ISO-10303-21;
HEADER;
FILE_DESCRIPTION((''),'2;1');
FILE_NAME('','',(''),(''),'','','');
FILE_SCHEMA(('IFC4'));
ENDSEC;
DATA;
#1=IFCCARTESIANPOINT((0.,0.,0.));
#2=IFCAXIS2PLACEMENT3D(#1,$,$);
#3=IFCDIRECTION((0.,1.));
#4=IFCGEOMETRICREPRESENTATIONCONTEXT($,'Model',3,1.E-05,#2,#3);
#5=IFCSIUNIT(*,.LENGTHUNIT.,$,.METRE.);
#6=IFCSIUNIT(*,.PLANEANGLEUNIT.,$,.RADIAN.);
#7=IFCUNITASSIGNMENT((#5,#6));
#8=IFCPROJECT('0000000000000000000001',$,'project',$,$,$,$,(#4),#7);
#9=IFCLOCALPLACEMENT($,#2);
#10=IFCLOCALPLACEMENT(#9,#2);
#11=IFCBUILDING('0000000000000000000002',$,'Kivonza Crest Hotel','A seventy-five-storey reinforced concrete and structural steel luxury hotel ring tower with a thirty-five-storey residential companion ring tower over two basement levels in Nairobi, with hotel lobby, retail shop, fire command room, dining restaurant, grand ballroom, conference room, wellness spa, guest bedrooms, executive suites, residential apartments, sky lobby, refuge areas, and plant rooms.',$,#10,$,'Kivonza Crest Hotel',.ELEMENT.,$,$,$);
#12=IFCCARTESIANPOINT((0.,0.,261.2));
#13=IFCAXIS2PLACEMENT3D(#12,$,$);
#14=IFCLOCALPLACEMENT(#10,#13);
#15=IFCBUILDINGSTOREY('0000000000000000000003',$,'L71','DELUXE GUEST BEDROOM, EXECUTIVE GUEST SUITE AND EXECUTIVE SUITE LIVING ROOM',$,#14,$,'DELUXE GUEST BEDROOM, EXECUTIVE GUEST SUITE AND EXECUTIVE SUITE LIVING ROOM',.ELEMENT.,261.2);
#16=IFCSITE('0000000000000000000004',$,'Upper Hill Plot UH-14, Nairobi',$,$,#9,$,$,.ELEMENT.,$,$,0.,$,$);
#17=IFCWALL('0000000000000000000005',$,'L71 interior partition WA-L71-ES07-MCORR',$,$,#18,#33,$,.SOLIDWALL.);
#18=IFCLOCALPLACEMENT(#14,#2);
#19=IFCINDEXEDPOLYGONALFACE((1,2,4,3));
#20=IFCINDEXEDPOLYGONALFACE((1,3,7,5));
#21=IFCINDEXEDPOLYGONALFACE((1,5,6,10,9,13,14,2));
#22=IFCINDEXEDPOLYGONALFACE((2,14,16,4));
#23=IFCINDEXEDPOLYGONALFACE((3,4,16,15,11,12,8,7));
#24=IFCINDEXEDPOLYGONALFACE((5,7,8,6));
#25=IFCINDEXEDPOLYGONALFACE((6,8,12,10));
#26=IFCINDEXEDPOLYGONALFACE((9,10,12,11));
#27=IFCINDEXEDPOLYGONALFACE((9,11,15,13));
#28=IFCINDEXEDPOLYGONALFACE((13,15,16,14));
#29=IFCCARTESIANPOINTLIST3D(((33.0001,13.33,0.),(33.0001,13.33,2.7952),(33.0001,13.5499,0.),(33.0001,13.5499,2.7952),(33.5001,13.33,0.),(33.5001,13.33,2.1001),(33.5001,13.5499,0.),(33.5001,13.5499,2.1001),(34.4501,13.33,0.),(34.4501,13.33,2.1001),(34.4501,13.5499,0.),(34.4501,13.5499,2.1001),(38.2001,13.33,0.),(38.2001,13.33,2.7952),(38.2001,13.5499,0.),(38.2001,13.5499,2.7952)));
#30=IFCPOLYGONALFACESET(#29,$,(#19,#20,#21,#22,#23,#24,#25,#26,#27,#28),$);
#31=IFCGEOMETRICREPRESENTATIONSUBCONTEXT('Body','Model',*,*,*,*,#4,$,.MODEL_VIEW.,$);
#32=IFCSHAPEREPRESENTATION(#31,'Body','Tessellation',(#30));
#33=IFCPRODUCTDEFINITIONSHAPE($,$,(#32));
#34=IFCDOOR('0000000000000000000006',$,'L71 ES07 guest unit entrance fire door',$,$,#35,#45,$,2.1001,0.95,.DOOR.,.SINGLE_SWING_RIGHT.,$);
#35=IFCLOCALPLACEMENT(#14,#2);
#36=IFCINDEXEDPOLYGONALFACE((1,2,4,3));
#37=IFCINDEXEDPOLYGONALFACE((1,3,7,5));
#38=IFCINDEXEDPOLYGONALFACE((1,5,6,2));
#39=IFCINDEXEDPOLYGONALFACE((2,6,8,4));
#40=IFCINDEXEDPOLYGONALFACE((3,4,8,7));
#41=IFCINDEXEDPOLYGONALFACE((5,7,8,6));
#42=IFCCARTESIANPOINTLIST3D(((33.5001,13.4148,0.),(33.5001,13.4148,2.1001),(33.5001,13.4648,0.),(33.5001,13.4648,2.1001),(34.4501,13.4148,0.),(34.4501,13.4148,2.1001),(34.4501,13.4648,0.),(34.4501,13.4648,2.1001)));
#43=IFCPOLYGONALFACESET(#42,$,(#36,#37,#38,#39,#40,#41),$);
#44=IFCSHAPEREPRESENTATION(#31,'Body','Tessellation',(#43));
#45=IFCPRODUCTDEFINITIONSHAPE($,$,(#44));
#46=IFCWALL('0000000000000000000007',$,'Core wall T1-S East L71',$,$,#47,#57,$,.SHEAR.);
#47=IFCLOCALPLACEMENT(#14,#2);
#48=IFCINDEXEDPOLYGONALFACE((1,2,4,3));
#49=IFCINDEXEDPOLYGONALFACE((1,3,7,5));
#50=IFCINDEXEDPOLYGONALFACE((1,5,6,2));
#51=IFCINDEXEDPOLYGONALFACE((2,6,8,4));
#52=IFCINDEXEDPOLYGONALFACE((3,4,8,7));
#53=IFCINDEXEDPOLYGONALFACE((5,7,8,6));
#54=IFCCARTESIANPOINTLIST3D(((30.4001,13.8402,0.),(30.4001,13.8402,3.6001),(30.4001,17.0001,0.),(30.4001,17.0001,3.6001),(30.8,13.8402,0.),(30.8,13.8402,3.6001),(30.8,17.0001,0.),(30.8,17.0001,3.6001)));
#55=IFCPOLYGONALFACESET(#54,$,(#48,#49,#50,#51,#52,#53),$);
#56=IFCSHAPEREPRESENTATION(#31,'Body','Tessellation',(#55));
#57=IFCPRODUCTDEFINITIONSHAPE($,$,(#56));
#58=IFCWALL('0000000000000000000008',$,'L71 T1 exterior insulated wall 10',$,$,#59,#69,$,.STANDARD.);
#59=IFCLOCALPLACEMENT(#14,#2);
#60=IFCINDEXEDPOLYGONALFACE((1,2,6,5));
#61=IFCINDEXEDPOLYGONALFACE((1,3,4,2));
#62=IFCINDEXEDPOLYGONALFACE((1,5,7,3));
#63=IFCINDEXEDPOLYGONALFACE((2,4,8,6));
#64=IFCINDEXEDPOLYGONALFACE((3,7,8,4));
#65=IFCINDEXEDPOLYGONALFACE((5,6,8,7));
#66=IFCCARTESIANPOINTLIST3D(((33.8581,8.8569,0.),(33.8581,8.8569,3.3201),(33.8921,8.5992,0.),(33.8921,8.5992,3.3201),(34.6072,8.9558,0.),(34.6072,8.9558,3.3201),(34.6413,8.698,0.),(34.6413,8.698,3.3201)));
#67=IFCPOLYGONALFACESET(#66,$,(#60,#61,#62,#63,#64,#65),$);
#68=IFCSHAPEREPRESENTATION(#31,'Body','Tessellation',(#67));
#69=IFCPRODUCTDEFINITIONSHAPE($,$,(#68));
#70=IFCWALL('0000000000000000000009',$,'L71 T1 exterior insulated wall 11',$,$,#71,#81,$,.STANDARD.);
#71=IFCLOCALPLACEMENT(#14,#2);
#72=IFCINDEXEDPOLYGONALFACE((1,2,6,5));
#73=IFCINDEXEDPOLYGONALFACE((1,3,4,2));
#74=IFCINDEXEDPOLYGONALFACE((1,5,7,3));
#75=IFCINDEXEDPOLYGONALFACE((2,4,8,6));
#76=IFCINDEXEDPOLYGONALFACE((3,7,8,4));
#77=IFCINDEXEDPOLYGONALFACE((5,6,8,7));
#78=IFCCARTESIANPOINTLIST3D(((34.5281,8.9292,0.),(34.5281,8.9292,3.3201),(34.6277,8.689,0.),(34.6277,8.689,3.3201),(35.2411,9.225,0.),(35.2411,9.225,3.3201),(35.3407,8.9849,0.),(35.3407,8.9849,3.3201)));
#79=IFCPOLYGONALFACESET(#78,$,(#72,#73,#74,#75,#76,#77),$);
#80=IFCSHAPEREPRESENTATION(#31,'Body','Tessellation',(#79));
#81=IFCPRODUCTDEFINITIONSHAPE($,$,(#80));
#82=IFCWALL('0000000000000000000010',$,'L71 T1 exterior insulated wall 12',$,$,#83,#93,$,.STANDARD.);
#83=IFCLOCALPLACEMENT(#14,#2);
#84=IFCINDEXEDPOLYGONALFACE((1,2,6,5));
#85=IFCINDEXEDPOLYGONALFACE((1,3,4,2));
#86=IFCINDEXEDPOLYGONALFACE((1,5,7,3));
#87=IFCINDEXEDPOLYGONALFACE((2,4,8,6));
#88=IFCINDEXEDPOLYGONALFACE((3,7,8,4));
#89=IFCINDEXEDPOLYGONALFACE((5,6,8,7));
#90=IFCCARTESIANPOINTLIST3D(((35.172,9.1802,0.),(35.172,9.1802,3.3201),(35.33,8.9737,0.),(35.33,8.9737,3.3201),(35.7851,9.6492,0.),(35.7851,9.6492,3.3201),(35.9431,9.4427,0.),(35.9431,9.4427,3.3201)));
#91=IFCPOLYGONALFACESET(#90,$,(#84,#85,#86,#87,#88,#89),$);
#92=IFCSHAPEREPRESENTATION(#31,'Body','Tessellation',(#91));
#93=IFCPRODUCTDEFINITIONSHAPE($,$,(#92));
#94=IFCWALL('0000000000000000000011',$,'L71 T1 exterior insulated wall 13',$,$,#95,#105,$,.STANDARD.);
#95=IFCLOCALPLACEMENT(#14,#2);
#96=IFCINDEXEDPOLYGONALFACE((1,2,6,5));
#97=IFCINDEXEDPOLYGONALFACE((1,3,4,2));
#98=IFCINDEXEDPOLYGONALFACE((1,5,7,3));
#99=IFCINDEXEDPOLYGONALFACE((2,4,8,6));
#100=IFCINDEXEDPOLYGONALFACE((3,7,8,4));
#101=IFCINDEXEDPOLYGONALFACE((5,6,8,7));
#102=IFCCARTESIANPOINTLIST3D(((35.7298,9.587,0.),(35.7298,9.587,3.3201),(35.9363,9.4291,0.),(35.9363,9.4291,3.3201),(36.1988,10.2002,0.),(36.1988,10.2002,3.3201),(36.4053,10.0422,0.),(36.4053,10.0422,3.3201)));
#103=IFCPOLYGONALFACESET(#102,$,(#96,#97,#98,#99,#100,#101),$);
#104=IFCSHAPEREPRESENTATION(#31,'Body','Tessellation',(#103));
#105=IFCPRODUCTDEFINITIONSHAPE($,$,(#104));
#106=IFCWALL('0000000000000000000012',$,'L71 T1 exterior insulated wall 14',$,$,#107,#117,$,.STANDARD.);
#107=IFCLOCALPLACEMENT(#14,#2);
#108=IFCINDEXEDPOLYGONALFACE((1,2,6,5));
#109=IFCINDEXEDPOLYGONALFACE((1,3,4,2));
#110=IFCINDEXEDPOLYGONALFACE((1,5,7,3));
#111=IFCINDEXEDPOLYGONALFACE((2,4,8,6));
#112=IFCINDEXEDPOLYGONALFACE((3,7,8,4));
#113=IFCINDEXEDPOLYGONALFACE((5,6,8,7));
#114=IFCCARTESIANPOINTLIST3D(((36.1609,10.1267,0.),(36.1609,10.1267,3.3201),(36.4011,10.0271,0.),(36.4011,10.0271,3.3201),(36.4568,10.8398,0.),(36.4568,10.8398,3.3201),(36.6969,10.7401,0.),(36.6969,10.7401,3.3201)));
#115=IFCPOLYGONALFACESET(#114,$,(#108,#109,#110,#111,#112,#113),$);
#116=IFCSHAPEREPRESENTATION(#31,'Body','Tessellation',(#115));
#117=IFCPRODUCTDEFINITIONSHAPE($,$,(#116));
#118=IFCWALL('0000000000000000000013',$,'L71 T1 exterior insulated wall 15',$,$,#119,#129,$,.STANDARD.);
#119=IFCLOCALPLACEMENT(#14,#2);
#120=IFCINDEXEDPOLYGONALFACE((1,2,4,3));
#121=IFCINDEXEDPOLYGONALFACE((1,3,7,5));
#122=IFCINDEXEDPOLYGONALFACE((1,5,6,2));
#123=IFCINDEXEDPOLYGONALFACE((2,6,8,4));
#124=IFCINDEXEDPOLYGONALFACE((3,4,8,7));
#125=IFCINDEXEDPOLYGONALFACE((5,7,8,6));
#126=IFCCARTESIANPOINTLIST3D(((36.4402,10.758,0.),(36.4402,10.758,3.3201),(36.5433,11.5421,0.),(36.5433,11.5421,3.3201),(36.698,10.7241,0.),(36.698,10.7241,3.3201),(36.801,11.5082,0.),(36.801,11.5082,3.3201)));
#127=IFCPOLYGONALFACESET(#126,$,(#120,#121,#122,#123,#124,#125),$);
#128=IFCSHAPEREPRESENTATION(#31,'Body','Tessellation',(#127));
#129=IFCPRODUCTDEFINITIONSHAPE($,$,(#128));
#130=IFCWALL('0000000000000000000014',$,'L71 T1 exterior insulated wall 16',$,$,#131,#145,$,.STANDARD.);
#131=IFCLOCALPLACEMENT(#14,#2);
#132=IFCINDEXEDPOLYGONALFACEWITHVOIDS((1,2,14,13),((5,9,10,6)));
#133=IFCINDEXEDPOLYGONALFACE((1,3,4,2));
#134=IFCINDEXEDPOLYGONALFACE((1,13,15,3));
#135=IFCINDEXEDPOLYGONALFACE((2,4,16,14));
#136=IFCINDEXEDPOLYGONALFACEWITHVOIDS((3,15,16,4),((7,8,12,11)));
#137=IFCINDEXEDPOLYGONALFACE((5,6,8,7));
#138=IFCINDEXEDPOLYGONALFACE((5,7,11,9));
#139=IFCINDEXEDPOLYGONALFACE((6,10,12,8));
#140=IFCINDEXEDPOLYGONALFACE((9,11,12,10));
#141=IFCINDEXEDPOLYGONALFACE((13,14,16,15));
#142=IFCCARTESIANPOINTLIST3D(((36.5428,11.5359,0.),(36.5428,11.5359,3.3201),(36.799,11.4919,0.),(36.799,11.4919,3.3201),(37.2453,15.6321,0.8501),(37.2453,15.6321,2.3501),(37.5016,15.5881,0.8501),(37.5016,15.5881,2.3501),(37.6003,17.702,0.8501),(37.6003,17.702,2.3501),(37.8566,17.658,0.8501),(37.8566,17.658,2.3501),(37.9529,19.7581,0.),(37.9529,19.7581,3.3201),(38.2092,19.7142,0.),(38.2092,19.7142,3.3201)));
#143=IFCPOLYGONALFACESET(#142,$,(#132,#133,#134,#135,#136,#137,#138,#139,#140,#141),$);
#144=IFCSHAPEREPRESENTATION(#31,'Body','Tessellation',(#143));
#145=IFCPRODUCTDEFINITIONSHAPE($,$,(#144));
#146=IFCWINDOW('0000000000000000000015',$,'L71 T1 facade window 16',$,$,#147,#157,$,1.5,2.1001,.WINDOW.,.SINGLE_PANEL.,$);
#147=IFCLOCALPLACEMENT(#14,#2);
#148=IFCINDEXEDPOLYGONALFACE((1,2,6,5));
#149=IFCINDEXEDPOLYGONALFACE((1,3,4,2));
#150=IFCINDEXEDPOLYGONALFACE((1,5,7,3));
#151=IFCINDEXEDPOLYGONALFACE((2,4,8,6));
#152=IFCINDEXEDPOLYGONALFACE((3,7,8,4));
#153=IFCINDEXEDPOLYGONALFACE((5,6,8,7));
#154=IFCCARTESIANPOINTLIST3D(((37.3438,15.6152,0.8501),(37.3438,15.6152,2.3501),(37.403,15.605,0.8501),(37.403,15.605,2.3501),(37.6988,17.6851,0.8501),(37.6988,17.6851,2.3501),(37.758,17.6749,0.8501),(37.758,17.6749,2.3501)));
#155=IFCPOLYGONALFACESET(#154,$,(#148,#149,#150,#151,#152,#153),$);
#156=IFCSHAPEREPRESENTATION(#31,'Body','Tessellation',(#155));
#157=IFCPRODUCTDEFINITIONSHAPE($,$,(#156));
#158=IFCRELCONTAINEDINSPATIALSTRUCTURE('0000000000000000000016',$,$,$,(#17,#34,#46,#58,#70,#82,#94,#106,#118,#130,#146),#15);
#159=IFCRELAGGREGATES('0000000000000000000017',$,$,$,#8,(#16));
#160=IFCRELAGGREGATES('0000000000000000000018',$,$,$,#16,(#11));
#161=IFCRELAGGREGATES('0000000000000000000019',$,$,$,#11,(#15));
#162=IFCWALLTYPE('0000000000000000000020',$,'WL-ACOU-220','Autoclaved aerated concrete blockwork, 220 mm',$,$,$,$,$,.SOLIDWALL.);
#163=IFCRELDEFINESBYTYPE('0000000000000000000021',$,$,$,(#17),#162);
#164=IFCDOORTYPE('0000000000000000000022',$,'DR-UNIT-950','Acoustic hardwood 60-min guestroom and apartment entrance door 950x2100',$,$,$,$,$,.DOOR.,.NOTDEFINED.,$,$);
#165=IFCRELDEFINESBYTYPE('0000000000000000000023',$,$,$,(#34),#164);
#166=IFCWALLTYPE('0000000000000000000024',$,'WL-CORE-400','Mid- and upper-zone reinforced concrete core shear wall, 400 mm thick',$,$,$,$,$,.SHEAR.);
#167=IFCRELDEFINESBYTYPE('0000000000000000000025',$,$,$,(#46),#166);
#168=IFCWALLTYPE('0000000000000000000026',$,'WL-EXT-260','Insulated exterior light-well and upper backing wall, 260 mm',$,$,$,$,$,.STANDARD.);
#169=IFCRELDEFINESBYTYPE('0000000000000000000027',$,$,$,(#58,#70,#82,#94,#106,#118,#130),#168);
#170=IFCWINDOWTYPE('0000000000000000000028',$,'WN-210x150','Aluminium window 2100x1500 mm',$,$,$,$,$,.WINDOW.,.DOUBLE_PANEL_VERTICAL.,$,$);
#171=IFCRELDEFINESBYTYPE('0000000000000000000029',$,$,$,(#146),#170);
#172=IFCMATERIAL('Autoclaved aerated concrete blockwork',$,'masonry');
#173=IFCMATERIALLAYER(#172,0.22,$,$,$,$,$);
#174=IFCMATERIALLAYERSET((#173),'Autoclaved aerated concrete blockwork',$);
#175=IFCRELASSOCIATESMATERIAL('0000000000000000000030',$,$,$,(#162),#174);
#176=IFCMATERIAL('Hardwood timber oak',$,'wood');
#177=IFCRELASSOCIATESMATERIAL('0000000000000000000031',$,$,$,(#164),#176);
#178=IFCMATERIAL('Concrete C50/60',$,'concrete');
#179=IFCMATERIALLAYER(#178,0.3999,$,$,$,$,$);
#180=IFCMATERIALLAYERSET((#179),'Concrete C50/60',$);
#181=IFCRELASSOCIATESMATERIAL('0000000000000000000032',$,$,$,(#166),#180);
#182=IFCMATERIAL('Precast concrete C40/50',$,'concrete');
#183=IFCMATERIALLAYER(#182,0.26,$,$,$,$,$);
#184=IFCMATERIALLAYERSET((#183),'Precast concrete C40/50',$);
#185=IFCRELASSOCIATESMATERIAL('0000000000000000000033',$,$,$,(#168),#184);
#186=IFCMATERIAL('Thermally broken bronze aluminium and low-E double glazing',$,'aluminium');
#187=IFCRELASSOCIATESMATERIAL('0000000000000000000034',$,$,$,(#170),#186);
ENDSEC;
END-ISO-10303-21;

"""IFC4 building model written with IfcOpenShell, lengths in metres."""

from ifc_helpers import new_model, si_unit, direction, frame, frame_2d, origin, place, context, subcontext, project, spatial, rectangle, extrude, material, layer, layer_set, type_object, element, fill, save


model = new_model("IFC4")

# Units and contexts
model_context = context("Model", 3, precision=1e-05, world=origin(), true_north=direction((0.0, 1.0)))
body_context = subcontext(model_context, "Body", "Model", "MODEL_VIEW")
ifc_project = project(units=[si_unit("LENGTHUNIT", "METRE"), si_unit("PLANEANGLEUNIT", "RADIAN")], contexts=[model_context])

# Site, building, storey
site_placement = place(None, origin())
site = spatial("IfcSite", under=ifc_project, at=site_placement, Name="Upper Hill Plot UH-14, Nairobi", CompositionType="ELEMENT", RefElevation=0.0)
building_placement = place(site_placement, origin())
building = spatial("IfcBuilding", under=site, at=building_placement, Name="Kivonza Crest Hotel", Description="A seventy-five-storey reinforced concrete and structural steel luxury hotel ring tower with a thirty-five-storey residential companion ring tower over two basement levels in Nairobi, with hotel lobby, retail shop, fire command room, dining restaurant, grand ballroom, conference room, wellness spa, guest bedrooms, executive suites, residential apartments, sky lobby, refuge areas, and plant rooms.", LongName="Kivonza Crest Hotel", CompositionType="ELEMENT")
storey_placement = place(building_placement, frame((0.0, 0.0, 261.2)))
storey = spatial("IfcBuildingStorey", under=building, at=storey_placement, Name="L71", Description="DELUXE GUEST BEDROOM, EXECUTIVE GUEST SUITE AND EXECUTIVE SUITE LIVING ROOM", LongName="DELUXE GUEST BEDROOM, EXECUTIVE GUEST SUITE AND EXECUTIVE SUITE LIVING ROOM", CompositionType="ELEMENT", Elevation=261.2)

# Shared definitions
ifc_material_1 = material(Name="Concrete C50/60", Category="concrete")

# Shared definitions
ifc_material_2 = material(Name="Autoclaved aerated concrete blockwork", Category="masonry")
ifc_layer_1 = layer(ifc_material_2, 0.22)
ifc_layer_set_1 = layer_set([ifc_layer_1], Name="Autoclaved aerated concrete blockwork")
wall_type_1 = type_object("IfcWallType", Name="WL-ACOU-220", Description="Autoclaved aerated concrete blockwork, 220 mm", PredefinedType="SOLIDWALL", material=ifc_layer_set_1)

# Wall, opening, door
wall_1_placement = place(storey_placement, frame((33.0, 13.4399, 0.0), z_axis=(0.0, 0.0, 1.0), x_axis=(1.0, 0.0, 0.0)))
wall_1 = element("IfcWall", 1, at=wall_1_placement, inside=storey, type_object=wall_type_1, Name="L71 interior partition WA-L71-ES07-MCORR", PredefinedType="SOLIDWALL", context=body_context, shape_type="SweptSolid", body=[
    extrude(rectangle(XDim=5.2, YDim=0.22, at=frame_2d((2.6001, 0.0))), origin(), (0.0, 0.0, 1.0), 2.7952),
])
opening_1_placement = place(wall_1_placement, frame((0.5, 0.0, 0.0)))
opening_1 = element("IfcOpeningElement", 2, at=opening_1_placement, cuts=wall_1, PredefinedType="OPENING", context=body_context, shape_type="SweptSolid", body=[
    extrude(rectangle(XDim=0.95, YDim=2.1001, at=frame_2d((0.4751, 1.05))), frame((0.0, 0.1201, 0.0), z_axis=(0.0, -1.0, 0.0), x_axis=(1.0, 0.0, 0.0)), (0.0, 0.0, 1.0), 0.24),
])
ifc_material_3 = material(Name="Hardwood timber oak", Category="wood")
door_type_1 = type_object("IfcDoorType", Name="DR-UNIT-950", Description="Acoustic hardwood 60-min guestroom and apartment entrance door 950x2100", OperationType="NOTDEFINED", PredefinedType="DOOR", material=ifc_material_3)
door_1_placement = place(opening_1_placement, origin())
door_1 = element("IfcDoor", 3, at=door_1_placement, inside=storey, type_object=door_type_1, Name="L71 ES07 guest unit entrance fire door", OperationType="SINGLE_SWING_RIGHT", OverallHeight=2.1001, OverallWidth=0.95, PredefinedType="DOOR", context=body_context, shape_type="SweptSolid", body=[
    extrude(rectangle(XDim=0.95, YDim=2.1001, at=frame_2d((0.4751, 1.05))), frame((0.0, 0.0249, 0.0), z_axis=(0.0, -1.0, 0.0), x_axis=(1.0, 0.0, 0.0)), (0.0, 0.0, 1.0), 0.05),
])
fill(opening_1, door_1)

# Walls
ifc_layer_2 = layer(ifc_material_1, 0.3999)
ifc_layer_set_2 = layer_set([ifc_layer_2], Name="Concrete C50/60")
wall_type_2 = type_object("IfcWallType", Name="WL-CORE-400", Description="Mid- and upper-zone reinforced concrete core shear wall, 400 mm thick", PredefinedType="SHEAR", material=ifc_layer_set_2)
wall_2_placement = place(storey_placement, frame((30.6001, 13.8401, 0.0), z_axis=(0.0, 0.0, 1.0), x_axis=(0.0, 1.0, 0.0)))
element("IfcWall", 4, at=wall_2_placement, inside=storey, type_object=wall_type_2, Name="Core wall T1-S East L71", PredefinedType="SHEAR", context=body_context, shape_type="SweptSolid", body=[
    extrude(rectangle(XDim=3.1599, YDim=0.3999, at=frame_2d((1.5801, 0.0))), origin(), (0.0, 0.0, 1.0), 3.6001),
])
ifc_material_4 = material(Name="Precast concrete C40/50", Category="concrete")
ifc_layer_3 = layer(ifc_material_4, 0.26)
ifc_layer_set_3 = layer_set([ifc_layer_3], Name="Precast concrete C40/50")
wall_type_3 = type_object("IfcWallType", Name="WL-EXT-260", Description="Insulated exterior light-well and upper backing wall, 260 mm", PredefinedType="STANDARD", material=ifc_layer_set_3)
wall_3_placement = place(storey_placement, frame((33.875, 8.728, 0.0), z_axis=(0.0, 0.0, 1.0), x_axis=(0.991399, 0.130872, 0.0)))
element("IfcWall", 5, at=wall_3_placement, inside=storey, type_object=wall_type_3, Name="L71 T1 exterior insulated wall 10", PredefinedType="STANDARD", context=body_context, shape_type="SweptSolid", body=[
    extrude(rectangle(XDim=0.7556, YDim=0.26, at=frame_2d((0.3779, 0.0))), origin(), (0.0, 0.0, 1.0), 3.3201),
])
for number, where, z_axis, x_axis, name in (
    (6, (34.5779, 8.8091, 0.0), (0.0, 0.0, 1.0), (0.923647, 0.383245, 0.0), "L71 T1 exterior insulated wall 11"),
    (7, (35.251, 9.0769, 0.0), (0.0, 0.0, 1.0), (0.794232, 0.607614, 0.0), "L71 T1 exterior insulated wall 12"),
    (8, (35.833, 9.5081, 0.0), (0.0, 0.0, 1.0), (0.607614, 0.794232, 0.0), "L71 T1 exterior insulated wall 13"),
    (9, (36.281, 10.0769, 0.0), (0.0, 0.0, 1.0), (0.383245, 0.923647, 0.0), "L71 T1 exterior insulated wall 14"),
):
    element("IfcWall", number, at=place(storey_placement, frame(where, z_axis=z_axis, x_axis=x_axis)), inside=storey, type_object=wall_type_3, Name=name, PredefinedType="STANDARD", context=body_context, shape_type="SweptSolid", body=[
        extrude(rectangle(XDim=0.772, YDim=0.26, at=frame_2d((0.386, 0.0))), origin(), (0.0, 0.0, 1.0), 3.3201),
    ])
wall_4_placement = place(storey_placement, frame((36.5691, 10.741, 0.0), z_axis=(0.0, 0.0, 1.0), x_axis=(0.130303, 0.991474, 0.0)))
element("IfcWall", 10, at=wall_4_placement, inside=storey, type_object=wall_type_3, Name="L71 T1 exterior insulated wall 15", PredefinedType="STANDARD", context=body_context, shape_type="SweptSolid", body=[
    extrude(rectangle(XDim=0.7908, YDim=0.26, at=frame_2d((0.3955, 0.0))), origin(), (0.0, 0.0, 1.0), 3.3201),
])

# Wall, opening, window
wall_5_placement = place(storey_placement, frame((36.6709, 11.5139, 0.0), z_axis=(0.0, 0.0, 1.0), x_axis=(0.169039, 0.985609, 0.0)))
wall_5 = element("IfcWall", 11, at=wall_5_placement, inside=storey, type_object=wall_type_3, Name="L71 T1 exterior insulated wall 16", PredefinedType="STANDARD", context=body_context, shape_type="SweptSolid", body=[
    extrude(rectangle(XDim=8.3423, YDim=0.26, at=frame_2d((4.1711, 0.0))), origin(), (0.0, 0.0, 1.0), 3.3201),
])
opening_2_placement = place(wall_5_placement, frame((4.156, 0.0, 0.8501)))
opening_2 = element("IfcOpeningElement", 12, at=opening_2_placement, cuts=wall_5, PredefinedType="OPENING", context=body_context, shape_type="SweptSolid", body=[
    extrude(rectangle(XDim=2.1001, YDim=1.5, at=frame_2d((1.05, 0.75))), frame((0.0, 0.1401, 0.0), z_axis=(0.0, -1.0, 0.0), x_axis=(1.0, 0.0, 0.0)), (0.0, 0.0, 1.0), 0.28),
])
ifc_material_5 = material(Name="Thermally broken bronze aluminium and low-E double glazing", Category="aluminium")
window_type = type_object("IfcWindowType", Name="WN-210x150", Description="Aluminium window 2100x1500 mm", PartitioningType="DOUBLE_PANEL_VERTICAL", PredefinedType="WINDOW", material=ifc_material_5)
window_placement = place(opening_2_placement, origin())
window = element("IfcWindow", 13, at=window_placement, inside=storey, type_object=window_type, Name="L71 T1 facade window 16", OverallHeight=1.5, OverallWidth=2.1001, PartitioningType="SINGLE_PANEL", PredefinedType="WINDOW", context=body_context, shape_type="SweptSolid", body=[
    extrude(rectangle(XDim=2.1001, YDim=1.5, at=frame_2d((1.05, 0.75))), frame((0.0, 0.03, 0.0), z_axis=(0.0, -1.0, 0.0), x_axis=(1.0, 0.0, 0.0)), (0.0, 0.0, 1.0), 0.0601),
])
fill(opening_2, window)

save(model, "model.ifc")
